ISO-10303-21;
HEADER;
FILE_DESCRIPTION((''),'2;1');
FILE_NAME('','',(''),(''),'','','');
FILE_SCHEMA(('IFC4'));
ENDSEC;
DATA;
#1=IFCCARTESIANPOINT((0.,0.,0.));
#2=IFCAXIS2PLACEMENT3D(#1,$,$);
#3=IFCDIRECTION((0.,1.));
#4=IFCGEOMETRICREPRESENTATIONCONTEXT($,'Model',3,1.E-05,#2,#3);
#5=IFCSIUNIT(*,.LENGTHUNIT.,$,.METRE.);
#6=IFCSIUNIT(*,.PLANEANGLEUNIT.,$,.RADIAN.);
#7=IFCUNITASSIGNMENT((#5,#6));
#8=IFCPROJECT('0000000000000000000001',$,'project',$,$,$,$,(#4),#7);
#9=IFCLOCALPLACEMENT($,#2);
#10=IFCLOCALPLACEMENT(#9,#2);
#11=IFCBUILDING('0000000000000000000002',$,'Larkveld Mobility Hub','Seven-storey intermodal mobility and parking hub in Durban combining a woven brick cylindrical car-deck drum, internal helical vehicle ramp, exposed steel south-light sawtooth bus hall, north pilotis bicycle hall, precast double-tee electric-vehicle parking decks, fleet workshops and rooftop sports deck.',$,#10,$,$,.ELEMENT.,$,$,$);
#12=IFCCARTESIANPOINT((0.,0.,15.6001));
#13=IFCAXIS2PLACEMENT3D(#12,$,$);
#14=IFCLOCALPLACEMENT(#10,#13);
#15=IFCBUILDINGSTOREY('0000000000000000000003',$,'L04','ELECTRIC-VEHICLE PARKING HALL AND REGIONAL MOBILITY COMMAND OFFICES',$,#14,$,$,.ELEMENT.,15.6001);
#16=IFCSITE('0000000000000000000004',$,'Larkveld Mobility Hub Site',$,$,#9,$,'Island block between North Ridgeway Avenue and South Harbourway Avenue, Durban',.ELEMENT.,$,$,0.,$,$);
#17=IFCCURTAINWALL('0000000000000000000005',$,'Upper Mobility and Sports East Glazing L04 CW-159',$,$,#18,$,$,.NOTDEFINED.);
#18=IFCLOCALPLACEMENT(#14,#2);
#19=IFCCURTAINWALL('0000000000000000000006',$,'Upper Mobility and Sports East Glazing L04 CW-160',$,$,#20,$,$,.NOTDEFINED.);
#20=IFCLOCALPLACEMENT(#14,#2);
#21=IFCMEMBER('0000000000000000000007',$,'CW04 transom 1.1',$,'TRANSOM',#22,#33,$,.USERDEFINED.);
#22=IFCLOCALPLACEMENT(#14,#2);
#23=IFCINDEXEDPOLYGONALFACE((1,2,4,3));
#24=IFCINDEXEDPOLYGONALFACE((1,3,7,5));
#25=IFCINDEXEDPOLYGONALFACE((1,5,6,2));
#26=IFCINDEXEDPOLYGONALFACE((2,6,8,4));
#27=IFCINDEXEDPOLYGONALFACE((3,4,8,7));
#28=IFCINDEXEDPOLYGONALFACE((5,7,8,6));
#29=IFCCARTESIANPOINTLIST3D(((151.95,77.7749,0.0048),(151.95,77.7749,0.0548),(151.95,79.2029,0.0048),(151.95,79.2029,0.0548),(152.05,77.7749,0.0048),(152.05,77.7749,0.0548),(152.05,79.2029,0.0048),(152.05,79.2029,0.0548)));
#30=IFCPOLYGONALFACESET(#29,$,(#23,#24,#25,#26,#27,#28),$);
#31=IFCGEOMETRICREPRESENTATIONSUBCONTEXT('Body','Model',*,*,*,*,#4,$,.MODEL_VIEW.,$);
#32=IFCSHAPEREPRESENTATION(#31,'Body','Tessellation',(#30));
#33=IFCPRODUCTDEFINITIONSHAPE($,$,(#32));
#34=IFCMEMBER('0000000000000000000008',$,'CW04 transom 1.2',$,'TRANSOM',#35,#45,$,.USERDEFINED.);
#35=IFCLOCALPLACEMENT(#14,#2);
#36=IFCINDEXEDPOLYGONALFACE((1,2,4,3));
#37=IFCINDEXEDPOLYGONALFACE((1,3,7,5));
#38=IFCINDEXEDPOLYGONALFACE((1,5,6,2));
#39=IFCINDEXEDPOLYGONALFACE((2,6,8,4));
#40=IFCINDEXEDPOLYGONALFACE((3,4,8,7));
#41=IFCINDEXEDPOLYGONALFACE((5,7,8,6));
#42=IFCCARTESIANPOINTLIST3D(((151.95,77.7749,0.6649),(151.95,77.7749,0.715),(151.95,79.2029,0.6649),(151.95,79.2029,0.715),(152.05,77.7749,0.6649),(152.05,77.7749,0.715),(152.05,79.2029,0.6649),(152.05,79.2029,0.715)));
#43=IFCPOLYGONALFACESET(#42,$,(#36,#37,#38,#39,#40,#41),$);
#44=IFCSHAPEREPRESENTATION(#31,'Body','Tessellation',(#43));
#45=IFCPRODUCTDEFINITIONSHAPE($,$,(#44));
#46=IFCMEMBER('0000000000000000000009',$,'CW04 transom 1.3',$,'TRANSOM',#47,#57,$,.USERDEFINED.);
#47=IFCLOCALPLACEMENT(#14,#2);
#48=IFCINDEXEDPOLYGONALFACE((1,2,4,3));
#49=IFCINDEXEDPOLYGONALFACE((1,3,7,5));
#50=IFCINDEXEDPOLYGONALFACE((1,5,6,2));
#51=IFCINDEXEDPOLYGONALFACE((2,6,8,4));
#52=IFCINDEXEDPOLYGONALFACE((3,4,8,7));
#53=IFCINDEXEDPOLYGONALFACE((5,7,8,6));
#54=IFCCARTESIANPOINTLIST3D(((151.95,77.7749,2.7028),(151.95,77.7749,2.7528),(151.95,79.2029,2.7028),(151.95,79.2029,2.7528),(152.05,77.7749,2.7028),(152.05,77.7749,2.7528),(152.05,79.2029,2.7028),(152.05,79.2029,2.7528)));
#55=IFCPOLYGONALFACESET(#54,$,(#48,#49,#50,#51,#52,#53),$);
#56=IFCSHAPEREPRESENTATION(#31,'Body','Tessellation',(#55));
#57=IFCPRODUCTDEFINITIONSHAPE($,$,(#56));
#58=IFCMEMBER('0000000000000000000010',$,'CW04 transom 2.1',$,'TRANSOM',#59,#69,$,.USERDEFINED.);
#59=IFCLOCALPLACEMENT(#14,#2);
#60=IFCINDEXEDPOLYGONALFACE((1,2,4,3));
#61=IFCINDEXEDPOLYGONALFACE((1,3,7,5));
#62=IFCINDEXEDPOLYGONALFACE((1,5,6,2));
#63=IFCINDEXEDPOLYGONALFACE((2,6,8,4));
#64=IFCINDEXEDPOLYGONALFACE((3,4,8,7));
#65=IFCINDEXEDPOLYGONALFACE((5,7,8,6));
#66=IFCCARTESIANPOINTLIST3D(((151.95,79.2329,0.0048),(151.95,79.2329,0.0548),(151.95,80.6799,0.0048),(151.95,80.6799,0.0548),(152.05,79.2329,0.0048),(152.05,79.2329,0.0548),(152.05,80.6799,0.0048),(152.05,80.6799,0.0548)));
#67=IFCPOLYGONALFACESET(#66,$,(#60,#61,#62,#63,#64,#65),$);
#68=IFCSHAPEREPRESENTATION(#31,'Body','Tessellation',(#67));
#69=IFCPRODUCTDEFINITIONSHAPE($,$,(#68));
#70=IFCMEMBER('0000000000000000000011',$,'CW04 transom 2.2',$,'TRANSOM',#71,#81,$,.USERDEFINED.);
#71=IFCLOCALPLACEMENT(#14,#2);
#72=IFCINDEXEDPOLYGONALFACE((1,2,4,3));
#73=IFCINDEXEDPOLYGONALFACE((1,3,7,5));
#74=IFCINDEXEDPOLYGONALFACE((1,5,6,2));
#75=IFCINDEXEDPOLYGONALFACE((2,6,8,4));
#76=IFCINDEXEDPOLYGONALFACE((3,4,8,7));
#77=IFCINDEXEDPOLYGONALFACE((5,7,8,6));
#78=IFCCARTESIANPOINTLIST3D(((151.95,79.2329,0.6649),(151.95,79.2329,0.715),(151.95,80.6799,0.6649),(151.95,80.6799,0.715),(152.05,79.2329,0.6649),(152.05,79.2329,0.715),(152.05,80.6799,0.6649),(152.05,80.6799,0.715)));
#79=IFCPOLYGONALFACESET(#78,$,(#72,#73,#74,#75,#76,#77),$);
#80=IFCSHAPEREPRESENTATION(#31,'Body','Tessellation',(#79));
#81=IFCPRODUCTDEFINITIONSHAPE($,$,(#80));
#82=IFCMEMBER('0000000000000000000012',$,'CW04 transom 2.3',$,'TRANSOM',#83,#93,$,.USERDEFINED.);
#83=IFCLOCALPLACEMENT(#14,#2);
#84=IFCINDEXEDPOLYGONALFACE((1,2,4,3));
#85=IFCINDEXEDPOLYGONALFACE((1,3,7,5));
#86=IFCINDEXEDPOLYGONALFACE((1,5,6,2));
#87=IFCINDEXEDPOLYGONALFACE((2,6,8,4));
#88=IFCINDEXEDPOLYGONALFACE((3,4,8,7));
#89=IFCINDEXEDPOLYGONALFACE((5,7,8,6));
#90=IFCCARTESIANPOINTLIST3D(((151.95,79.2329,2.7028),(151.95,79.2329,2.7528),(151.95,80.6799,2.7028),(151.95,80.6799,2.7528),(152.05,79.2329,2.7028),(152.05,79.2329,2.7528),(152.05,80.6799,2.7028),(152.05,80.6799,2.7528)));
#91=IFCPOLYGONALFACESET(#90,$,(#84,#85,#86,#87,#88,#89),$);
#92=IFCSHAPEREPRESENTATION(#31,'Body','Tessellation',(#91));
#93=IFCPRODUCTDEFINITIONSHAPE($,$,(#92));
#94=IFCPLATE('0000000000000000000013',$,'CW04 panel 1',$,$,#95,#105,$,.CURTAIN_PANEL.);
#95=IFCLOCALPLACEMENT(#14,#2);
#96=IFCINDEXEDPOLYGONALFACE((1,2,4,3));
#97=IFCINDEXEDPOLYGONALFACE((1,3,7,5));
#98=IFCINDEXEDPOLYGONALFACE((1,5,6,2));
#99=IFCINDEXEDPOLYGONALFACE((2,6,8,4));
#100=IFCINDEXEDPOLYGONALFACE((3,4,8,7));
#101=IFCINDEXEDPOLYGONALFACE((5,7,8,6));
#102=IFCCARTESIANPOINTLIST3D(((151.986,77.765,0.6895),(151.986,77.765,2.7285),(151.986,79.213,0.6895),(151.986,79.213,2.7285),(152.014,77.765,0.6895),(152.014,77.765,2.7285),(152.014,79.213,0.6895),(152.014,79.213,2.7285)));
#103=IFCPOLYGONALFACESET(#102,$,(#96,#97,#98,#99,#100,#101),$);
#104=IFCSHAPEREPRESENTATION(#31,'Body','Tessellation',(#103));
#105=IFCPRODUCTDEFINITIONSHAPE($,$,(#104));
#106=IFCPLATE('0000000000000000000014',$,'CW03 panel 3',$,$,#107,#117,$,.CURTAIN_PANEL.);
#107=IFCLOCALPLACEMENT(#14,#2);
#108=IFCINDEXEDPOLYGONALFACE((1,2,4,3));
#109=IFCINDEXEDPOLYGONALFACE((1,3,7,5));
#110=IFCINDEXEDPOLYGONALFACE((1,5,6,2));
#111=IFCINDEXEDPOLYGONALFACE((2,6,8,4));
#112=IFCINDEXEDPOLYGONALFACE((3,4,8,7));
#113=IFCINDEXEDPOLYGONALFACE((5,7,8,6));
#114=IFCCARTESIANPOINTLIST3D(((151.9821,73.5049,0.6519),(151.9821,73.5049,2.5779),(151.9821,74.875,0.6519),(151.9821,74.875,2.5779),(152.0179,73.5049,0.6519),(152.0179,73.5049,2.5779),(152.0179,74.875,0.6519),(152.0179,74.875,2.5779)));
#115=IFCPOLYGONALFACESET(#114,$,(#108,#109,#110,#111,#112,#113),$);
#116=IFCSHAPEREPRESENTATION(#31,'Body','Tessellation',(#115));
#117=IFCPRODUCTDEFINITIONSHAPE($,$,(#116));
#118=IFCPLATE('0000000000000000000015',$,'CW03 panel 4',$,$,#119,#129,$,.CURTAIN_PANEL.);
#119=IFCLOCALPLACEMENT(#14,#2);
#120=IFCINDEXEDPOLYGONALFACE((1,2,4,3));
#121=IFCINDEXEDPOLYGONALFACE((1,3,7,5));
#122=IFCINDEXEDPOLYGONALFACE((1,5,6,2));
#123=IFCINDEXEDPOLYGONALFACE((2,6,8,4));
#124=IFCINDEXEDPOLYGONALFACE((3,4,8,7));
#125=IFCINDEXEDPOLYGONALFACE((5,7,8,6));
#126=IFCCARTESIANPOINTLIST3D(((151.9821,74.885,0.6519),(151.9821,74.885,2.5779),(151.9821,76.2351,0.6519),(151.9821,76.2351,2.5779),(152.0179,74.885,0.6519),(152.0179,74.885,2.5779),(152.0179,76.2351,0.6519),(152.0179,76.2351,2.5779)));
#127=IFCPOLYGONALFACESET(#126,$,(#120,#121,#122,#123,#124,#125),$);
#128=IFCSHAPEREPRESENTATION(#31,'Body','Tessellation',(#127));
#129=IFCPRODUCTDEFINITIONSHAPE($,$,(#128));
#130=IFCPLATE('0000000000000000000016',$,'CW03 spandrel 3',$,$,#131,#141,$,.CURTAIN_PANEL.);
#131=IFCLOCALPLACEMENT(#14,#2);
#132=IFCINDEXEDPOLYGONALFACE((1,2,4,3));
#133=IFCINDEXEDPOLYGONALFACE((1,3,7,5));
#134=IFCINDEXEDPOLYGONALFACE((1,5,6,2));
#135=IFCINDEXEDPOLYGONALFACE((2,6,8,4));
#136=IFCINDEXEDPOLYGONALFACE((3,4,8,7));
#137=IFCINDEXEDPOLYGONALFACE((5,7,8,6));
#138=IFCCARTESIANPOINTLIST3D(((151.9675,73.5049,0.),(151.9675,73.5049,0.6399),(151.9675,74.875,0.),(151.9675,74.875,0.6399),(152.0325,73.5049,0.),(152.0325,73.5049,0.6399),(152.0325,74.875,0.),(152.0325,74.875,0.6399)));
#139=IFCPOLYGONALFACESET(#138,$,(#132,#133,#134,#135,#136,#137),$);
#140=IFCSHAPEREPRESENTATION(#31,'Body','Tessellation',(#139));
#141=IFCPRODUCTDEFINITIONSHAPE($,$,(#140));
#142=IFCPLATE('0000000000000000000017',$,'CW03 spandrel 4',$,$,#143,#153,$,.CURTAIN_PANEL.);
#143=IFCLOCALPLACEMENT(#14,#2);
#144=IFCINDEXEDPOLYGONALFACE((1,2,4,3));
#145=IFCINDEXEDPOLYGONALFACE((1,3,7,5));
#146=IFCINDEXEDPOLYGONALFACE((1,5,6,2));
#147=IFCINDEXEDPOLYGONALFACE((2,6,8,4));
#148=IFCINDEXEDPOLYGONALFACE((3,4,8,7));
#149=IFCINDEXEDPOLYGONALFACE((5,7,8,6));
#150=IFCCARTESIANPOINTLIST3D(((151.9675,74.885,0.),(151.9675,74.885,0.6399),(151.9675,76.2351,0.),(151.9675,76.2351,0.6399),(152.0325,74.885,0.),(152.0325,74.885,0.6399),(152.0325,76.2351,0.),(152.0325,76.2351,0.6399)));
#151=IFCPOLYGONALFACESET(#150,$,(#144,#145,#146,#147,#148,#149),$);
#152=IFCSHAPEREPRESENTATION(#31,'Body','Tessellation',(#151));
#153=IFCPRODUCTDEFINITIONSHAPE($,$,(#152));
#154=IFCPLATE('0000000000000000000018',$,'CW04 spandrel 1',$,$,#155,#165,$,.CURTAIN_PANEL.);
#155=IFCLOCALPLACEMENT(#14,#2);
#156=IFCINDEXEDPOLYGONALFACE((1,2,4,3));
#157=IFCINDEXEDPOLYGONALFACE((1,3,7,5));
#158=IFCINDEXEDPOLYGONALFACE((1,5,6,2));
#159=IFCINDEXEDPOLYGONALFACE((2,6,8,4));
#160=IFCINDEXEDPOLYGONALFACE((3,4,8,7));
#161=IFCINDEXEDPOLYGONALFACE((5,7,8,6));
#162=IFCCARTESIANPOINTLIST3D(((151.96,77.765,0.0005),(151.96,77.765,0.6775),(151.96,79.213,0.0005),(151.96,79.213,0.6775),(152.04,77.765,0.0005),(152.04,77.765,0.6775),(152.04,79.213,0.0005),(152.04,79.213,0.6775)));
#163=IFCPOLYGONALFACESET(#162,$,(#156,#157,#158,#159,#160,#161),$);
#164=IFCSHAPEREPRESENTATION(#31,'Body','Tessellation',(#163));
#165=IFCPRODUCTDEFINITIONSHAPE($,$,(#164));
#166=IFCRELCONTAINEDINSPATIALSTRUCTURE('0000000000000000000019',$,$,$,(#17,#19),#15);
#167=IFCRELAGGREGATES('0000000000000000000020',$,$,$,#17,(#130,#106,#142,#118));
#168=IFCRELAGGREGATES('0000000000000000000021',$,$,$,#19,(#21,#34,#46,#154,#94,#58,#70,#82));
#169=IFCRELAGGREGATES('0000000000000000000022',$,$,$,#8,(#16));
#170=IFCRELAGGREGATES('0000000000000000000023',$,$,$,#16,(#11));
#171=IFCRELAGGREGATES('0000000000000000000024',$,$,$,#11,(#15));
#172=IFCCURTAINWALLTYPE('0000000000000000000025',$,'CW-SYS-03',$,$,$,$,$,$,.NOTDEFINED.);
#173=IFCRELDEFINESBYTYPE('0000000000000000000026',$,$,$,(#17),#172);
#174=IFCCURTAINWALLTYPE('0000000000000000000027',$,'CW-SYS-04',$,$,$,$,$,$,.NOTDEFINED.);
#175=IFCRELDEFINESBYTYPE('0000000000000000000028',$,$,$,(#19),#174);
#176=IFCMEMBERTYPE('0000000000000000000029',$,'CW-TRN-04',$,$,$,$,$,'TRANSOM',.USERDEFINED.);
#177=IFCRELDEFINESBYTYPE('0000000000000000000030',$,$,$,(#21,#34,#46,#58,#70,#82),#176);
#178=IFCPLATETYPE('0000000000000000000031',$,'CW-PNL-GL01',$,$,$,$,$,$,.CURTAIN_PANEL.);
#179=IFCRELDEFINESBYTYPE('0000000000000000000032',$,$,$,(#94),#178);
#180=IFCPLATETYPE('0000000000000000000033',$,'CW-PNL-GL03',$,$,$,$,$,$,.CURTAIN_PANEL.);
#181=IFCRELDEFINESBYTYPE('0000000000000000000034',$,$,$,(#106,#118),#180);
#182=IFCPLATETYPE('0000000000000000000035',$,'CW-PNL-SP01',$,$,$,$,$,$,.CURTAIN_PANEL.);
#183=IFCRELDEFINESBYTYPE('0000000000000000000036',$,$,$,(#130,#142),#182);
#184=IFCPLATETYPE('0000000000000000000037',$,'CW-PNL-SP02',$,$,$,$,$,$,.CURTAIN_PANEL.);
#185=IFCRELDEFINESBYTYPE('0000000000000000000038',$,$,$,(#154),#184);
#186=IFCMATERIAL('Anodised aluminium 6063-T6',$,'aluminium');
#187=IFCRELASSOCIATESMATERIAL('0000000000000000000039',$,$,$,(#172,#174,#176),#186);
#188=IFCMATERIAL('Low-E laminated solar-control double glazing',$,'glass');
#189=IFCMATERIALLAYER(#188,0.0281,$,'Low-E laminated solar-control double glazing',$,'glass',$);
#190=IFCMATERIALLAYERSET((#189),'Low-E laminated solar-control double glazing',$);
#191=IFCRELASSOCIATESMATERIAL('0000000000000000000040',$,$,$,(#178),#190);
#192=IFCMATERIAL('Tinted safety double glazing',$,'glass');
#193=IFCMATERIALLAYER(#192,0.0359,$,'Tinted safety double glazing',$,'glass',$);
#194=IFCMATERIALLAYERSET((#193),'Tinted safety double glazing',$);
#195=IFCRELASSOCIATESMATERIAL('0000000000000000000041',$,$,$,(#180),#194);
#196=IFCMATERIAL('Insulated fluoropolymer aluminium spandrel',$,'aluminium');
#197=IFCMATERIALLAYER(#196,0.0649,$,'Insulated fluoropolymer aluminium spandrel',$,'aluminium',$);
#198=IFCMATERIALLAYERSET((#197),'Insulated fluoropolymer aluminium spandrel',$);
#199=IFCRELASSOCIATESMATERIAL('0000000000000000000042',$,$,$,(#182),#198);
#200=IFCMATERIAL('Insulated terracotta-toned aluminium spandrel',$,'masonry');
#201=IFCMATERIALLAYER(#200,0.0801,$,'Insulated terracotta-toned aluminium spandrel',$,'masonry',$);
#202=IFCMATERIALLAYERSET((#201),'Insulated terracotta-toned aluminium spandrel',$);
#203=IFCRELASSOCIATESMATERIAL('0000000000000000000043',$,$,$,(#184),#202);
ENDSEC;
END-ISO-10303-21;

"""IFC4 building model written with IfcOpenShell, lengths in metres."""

from ifc_helpers import new_model, si_unit, direction, frame, origin, origin_2d, place, context, subcontext, project, spatial, rectangle, extrude, material, layer, layer_set, material_profile, profile_set, type_object, element, aggregate, save


model = new_model("IFC4")

# Units and contexts
model_context = context("Model", 3, precision=1e-05, world=origin(), true_north=direction((0.0, 1.0)))
body_context = subcontext(model_context, "Body", "Model", "MODEL_VIEW")
ifc_project = project(units=[si_unit("LENGTHUNIT", "METRE"), si_unit("PLANEANGLEUNIT", "RADIAN")], contexts=[model_context])

# Site, building, storey
site_placement = place(None, origin())
site = spatial("IfcSite", under=ifc_project, at=site_placement, Name="Larkveld Mobility Hub Site", LongName="Island block between North Ridgeway Avenue and South Harbourway Avenue, Durban", CompositionType="ELEMENT", RefElevation=0.0)
building_placement = place(site_placement, origin())
building = spatial("IfcBuilding", under=site, at=building_placement, Name="Larkveld Mobility Hub", Description="Seven-storey intermodal mobility and parking hub in Durban combining a woven brick cylindrical car-deck drum, internal helical vehicle ramp, exposed steel south-light sawtooth bus hall, north pilotis bicycle hall, precast double-tee electric-vehicle parking decks, fleet workshops and rooftop sports deck.", CompositionType="ELEMENT")
storey_placement = place(building_placement, frame((0.0, 0.0, 15.6001)))
storey = spatial("IfcBuildingStorey", under=building, at=storey_placement, Name="L04", Description="ELECTRIC-VEHICLE PARKING HALL AND REGIONAL MOBILITY COMMAND OFFICES", CompositionType="ELEMENT", Elevation=15.6001)

# Curtain walls
ifc_material_1 = material(Name="Anodised aluminium 6063-T6", Category="aluminium")
curtain_wall_type_1 = type_object("IfcCurtainWallType", Name="CW-SYS-03", PredefinedType="NOTDEFINED", material=ifc_material_1)
curtain_wall_1_placement = place(storey_placement, origin())
curtain_wall_1 = element("IfcCurtainWall", 1, at=curtain_wall_1_placement, inside=storey, type_object=curtain_wall_type_1, Name="Upper Mobility and Sports East Glazing L04 CW-159", PredefinedType="NOTDEFINED")
curtain_wall_type_2 = type_object("IfcCurtainWallType", Name="CW-SYS-04", PredefinedType="NOTDEFINED", material=ifc_material_1)
curtain_wall_2_placement = place(storey_placement, origin())
curtain_wall_2 = element("IfcCurtainWall", 2, at=curtain_wall_2_placement, inside=storey, type_object=curtain_wall_type_2, Name="Upper Mobility and Sports East Glazing L04 CW-160", PredefinedType="NOTDEFINED")

# Members
ifc_material_profile_1 = material_profile(ifc_material_1, rectangle(XDim=0.1001, YDim=0.05, at=origin_2d()), Name="ALU TRAN 50x100")
ifc_profile_set_1 = profile_set([ifc_material_profile_1], Name="Anodised aluminium 6063-T6")
member_type_1 = type_object("IfcMemberType", Name="CW-TRN-04", ElementType="TRANSOM", PredefinedType="USERDEFINED", material=ifc_profile_set_1)
member_1_placement = place(storey_placement, frame((152.0, 77.7749, 0.0298), z_axis=(0.0, 1.0, 0.0), x_axis=(-1.0, 0.0, 0.0)))
member_1 = element("IfcMember", 3, at=member_1_placement, type_object=member_type_1, Name="CW04 transom 1.1", ObjectType="TRANSOM", PredefinedType="USERDEFINED", context=body_context, shape_type="SweptSolid", body=[
    extrude(rectangle(XDim=0.1001, YDim=0.05, at=origin_2d()), origin(), (0.0, 0.0, 1.0), 1.428),
])
member_2_placement = place(storey_placement, frame((152.0, 77.7749, 0.6899), z_axis=(0.0, 1.0, 0.0), x_axis=(-1.0, 0.0, 0.0)))
member_2 = element("IfcMember", 4, at=member_2_placement, type_object=member_type_1, Name="CW04 transom 1.2", ObjectType="TRANSOM", PredefinedType="USERDEFINED", context=body_context, shape_type="SweptSolid", body=[
    extrude(rectangle(XDim=0.1001, YDim=0.05, at=origin_2d()), origin(), (0.0, 0.0, 1.0), 1.428),
])
member_3_placement = place(storey_placement, frame((152.0, 77.7749, 2.7278), z_axis=(0.0, 1.0, 0.0), x_axis=(-1.0, 0.0, 0.0)))
member_3 = element("IfcMember", 5, at=member_3_placement, type_object=member_type_1, Name="CW04 transom 1.3", ObjectType="TRANSOM", PredefinedType="USERDEFINED", context=body_context, shape_type="SweptSolid", body=[
    extrude(rectangle(XDim=0.1001, YDim=0.05, at=origin_2d()), origin(), (0.0, 0.0, 1.0), 1.428),
])
member_4_placement = place(storey_placement, frame((152.0, 79.2329, 0.0298), z_axis=(0.0, 1.0, 0.0), x_axis=(-1.0, 0.0, 0.0)))
member_4 = element("IfcMember", 6, at=member_4_placement, type_object=member_type_1, Name="CW04 transom 2.1", ObjectType="TRANSOM", PredefinedType="USERDEFINED", context=body_context, shape_type="SweptSolid", body=[
    extrude(rectangle(XDim=0.1001, YDim=0.05, at=origin_2d()), origin(), (0.0, 0.0, 1.0), 1.447),
])
member_5_placement = place(storey_placement, frame((152.0, 79.2329, 0.6899), z_axis=(0.0, 1.0, 0.0), x_axis=(-1.0, 0.0, 0.0)))
member_5 = element("IfcMember", 7, at=member_5_placement, type_object=member_type_1, Name="CW04 transom 2.2", ObjectType="TRANSOM", PredefinedType="USERDEFINED", context=body_context, shape_type="SweptSolid", body=[
    extrude(rectangle(XDim=0.1001, YDim=0.05, at=origin_2d()), origin(), (0.0, 0.0, 1.0), 1.447),
])
member_6_placement = place(storey_placement, frame((152.0, 79.2329, 2.7278), z_axis=(0.0, 1.0, 0.0), x_axis=(-1.0, 0.0, 0.0)))
member_6 = element("IfcMember", 8, at=member_6_placement, type_object=member_type_1, Name="CW04 transom 2.3", ObjectType="TRANSOM", PredefinedType="USERDEFINED", context=body_context, shape_type="SweptSolid", body=[
    extrude(rectangle(XDim=0.1001, YDim=0.05, at=origin_2d()), origin(), (0.0, 0.0, 1.0), 1.447),
])

# Plates
ifc_material_2 = material(Name="Low-E laminated solar-control double glazing", Category="glass")
ifc_layer_1 = layer(ifc_material_2, 0.0281, Name="Low-E laminated solar-control double glazing", Category="glass")
ifc_layer_set_1 = layer_set([ifc_layer_1], Name="Low-E laminated solar-control double glazing")
plate_type_1 = type_object("IfcPlateType", Name="CW-PNL-GL01", PredefinedType="CURTAIN_PANEL", material=ifc_layer_set_1)
plate_1_placement = place(storey_placement, frame((152.0, 78.489, 0.6895), z_axis=(0.0, 0.0, 1.0), x_axis=(0.0, 1.0, 0.0)))
plate_1 = element("IfcPlate", 9, at=plate_1_placement, type_object=plate_type_1, Name="CW04 panel 1", PredefinedType="CURTAIN_PANEL", context=body_context, shape_type="SweptSolid", body=[
    extrude(rectangle(XDim=1.448, YDim=0.0281, at=origin_2d()), origin(), (0.0, 0.0, 1.0), 2.0391),
])
ifc_material_3 = material(Name="Tinted safety double glazing", Category="glass")
ifc_layer_2 = layer(ifc_material_3, 0.0359, Name="Tinted safety double glazing", Category="glass")
ifc_layer_set_2 = layer_set([ifc_layer_2], Name="Tinted safety double glazing")
plate_type_2 = type_object("IfcPlateType", Name="CW-PNL-GL03", PredefinedType="CURTAIN_PANEL", material=ifc_layer_set_2)
plate_2_placement = place(storey_placement, frame((152.0, 74.1899, 0.6519), z_axis=(0.0, 0.0, 1.0), x_axis=(0.0, 1.0, 0.0)))
plate_2 = element("IfcPlate", 10, at=plate_2_placement, type_object=plate_type_2, Name="CW03 panel 3", PredefinedType="CURTAIN_PANEL", context=body_context, shape_type="SweptSolid", body=[
    extrude(rectangle(XDim=1.3701, YDim=0.0359, at=origin_2d()), origin(), (0.0, 0.0, 1.0), 1.926),
])
plate_3_placement = place(storey_placement, frame((152.0, 75.5601, 0.6519), z_axis=(0.0, 0.0, 1.0), x_axis=(0.0, 1.0, 0.0)))
plate_3 = element("IfcPlate", 11, at=plate_3_placement, type_object=plate_type_2, Name="CW03 panel 4", PredefinedType="CURTAIN_PANEL", context=body_context, shape_type="SweptSolid", body=[
    extrude(rectangle(XDim=1.3501, YDim=0.0359, at=origin_2d()), origin(), (0.0, 0.0, 1.0), 1.926),
])
ifc_material_4 = material(Name="Insulated fluoropolymer aluminium spandrel", Category="aluminium")
ifc_layer_3 = layer(ifc_material_4, 0.0649, Name="Insulated fluoropolymer aluminium spandrel", Category="aluminium")
ifc_layer_set_3 = layer_set([ifc_layer_3], Name="Insulated fluoropolymer aluminium spandrel")
plate_type_3 = type_object("IfcPlateType", Name="CW-PNL-SP01", PredefinedType="CURTAIN_PANEL", material=ifc_layer_set_3)
plate_4_placement = place(storey_placement, frame((152.0, 74.1899, 0.0), z_axis=(0.0, 0.0, 1.0), x_axis=(0.0, 1.0, 0.0)))
plate_4 = element("IfcPlate", 12, at=plate_4_placement, type_object=plate_type_3, Name="CW03 spandrel 3", PredefinedType="CURTAIN_PANEL", context=body_context, shape_type="SweptSolid", body=[
    extrude(rectangle(XDim=1.3701, YDim=0.0649, at=origin_2d()), origin(), (0.0, 0.0, 1.0), 0.6399),
])
plate_5_placement = place(storey_placement, frame((152.0, 75.5601, 0.0), z_axis=(0.0, 0.0, 1.0), x_axis=(0.0, 1.0, 0.0)))
plate_5 = element("IfcPlate", 13, at=plate_5_placement, type_object=plate_type_3, Name="CW03 spandrel 4", PredefinedType="CURTAIN_PANEL", context=body_context, shape_type="SweptSolid", body=[
    extrude(rectangle(XDim=1.3501, YDim=0.0649, at=origin_2d()), origin(), (0.0, 0.0, 1.0), 0.6399),
])
aggregate(curtain_wall_1, [plate_4, plate_2, plate_5, plate_3])
ifc_material_5 = material(Name="Insulated terracotta-toned aluminium spandrel", Category="masonry")
ifc_layer_4 = layer(ifc_material_5, 0.0801, Name="Insulated terracotta-toned aluminium spandrel", Category="masonry")
ifc_layer_set_4 = layer_set([ifc_layer_4], Name="Insulated terracotta-toned aluminium spandrel")
plate_type_4 = type_object("IfcPlateType", Name="CW-PNL-SP02", PredefinedType="CURTAIN_PANEL", material=ifc_layer_set_4)
plate_6_placement = place(storey_placement, frame((152.0, 78.489, 0.0005), z_axis=(0.0, 0.0, 1.0), x_axis=(0.0, 1.0, 0.0)))
plate_6 = element("IfcPlate", 14, at=plate_6_placement, type_object=plate_type_4, Name="CW04 spandrel 1", PredefinedType="CURTAIN_PANEL", context=body_context, shape_type="SweptSolid", body=[
    extrude(rectangle(XDim=1.448, YDim=0.0801, at=origin_2d()), origin(), (0.0, 0.0, 1.0), 0.677),
])
aggregate(curtain_wall_2, [member_1, member_2, member_3, plate_6, plate_1, member_4, member_5, member_6])

save(model, "model.ifc")
